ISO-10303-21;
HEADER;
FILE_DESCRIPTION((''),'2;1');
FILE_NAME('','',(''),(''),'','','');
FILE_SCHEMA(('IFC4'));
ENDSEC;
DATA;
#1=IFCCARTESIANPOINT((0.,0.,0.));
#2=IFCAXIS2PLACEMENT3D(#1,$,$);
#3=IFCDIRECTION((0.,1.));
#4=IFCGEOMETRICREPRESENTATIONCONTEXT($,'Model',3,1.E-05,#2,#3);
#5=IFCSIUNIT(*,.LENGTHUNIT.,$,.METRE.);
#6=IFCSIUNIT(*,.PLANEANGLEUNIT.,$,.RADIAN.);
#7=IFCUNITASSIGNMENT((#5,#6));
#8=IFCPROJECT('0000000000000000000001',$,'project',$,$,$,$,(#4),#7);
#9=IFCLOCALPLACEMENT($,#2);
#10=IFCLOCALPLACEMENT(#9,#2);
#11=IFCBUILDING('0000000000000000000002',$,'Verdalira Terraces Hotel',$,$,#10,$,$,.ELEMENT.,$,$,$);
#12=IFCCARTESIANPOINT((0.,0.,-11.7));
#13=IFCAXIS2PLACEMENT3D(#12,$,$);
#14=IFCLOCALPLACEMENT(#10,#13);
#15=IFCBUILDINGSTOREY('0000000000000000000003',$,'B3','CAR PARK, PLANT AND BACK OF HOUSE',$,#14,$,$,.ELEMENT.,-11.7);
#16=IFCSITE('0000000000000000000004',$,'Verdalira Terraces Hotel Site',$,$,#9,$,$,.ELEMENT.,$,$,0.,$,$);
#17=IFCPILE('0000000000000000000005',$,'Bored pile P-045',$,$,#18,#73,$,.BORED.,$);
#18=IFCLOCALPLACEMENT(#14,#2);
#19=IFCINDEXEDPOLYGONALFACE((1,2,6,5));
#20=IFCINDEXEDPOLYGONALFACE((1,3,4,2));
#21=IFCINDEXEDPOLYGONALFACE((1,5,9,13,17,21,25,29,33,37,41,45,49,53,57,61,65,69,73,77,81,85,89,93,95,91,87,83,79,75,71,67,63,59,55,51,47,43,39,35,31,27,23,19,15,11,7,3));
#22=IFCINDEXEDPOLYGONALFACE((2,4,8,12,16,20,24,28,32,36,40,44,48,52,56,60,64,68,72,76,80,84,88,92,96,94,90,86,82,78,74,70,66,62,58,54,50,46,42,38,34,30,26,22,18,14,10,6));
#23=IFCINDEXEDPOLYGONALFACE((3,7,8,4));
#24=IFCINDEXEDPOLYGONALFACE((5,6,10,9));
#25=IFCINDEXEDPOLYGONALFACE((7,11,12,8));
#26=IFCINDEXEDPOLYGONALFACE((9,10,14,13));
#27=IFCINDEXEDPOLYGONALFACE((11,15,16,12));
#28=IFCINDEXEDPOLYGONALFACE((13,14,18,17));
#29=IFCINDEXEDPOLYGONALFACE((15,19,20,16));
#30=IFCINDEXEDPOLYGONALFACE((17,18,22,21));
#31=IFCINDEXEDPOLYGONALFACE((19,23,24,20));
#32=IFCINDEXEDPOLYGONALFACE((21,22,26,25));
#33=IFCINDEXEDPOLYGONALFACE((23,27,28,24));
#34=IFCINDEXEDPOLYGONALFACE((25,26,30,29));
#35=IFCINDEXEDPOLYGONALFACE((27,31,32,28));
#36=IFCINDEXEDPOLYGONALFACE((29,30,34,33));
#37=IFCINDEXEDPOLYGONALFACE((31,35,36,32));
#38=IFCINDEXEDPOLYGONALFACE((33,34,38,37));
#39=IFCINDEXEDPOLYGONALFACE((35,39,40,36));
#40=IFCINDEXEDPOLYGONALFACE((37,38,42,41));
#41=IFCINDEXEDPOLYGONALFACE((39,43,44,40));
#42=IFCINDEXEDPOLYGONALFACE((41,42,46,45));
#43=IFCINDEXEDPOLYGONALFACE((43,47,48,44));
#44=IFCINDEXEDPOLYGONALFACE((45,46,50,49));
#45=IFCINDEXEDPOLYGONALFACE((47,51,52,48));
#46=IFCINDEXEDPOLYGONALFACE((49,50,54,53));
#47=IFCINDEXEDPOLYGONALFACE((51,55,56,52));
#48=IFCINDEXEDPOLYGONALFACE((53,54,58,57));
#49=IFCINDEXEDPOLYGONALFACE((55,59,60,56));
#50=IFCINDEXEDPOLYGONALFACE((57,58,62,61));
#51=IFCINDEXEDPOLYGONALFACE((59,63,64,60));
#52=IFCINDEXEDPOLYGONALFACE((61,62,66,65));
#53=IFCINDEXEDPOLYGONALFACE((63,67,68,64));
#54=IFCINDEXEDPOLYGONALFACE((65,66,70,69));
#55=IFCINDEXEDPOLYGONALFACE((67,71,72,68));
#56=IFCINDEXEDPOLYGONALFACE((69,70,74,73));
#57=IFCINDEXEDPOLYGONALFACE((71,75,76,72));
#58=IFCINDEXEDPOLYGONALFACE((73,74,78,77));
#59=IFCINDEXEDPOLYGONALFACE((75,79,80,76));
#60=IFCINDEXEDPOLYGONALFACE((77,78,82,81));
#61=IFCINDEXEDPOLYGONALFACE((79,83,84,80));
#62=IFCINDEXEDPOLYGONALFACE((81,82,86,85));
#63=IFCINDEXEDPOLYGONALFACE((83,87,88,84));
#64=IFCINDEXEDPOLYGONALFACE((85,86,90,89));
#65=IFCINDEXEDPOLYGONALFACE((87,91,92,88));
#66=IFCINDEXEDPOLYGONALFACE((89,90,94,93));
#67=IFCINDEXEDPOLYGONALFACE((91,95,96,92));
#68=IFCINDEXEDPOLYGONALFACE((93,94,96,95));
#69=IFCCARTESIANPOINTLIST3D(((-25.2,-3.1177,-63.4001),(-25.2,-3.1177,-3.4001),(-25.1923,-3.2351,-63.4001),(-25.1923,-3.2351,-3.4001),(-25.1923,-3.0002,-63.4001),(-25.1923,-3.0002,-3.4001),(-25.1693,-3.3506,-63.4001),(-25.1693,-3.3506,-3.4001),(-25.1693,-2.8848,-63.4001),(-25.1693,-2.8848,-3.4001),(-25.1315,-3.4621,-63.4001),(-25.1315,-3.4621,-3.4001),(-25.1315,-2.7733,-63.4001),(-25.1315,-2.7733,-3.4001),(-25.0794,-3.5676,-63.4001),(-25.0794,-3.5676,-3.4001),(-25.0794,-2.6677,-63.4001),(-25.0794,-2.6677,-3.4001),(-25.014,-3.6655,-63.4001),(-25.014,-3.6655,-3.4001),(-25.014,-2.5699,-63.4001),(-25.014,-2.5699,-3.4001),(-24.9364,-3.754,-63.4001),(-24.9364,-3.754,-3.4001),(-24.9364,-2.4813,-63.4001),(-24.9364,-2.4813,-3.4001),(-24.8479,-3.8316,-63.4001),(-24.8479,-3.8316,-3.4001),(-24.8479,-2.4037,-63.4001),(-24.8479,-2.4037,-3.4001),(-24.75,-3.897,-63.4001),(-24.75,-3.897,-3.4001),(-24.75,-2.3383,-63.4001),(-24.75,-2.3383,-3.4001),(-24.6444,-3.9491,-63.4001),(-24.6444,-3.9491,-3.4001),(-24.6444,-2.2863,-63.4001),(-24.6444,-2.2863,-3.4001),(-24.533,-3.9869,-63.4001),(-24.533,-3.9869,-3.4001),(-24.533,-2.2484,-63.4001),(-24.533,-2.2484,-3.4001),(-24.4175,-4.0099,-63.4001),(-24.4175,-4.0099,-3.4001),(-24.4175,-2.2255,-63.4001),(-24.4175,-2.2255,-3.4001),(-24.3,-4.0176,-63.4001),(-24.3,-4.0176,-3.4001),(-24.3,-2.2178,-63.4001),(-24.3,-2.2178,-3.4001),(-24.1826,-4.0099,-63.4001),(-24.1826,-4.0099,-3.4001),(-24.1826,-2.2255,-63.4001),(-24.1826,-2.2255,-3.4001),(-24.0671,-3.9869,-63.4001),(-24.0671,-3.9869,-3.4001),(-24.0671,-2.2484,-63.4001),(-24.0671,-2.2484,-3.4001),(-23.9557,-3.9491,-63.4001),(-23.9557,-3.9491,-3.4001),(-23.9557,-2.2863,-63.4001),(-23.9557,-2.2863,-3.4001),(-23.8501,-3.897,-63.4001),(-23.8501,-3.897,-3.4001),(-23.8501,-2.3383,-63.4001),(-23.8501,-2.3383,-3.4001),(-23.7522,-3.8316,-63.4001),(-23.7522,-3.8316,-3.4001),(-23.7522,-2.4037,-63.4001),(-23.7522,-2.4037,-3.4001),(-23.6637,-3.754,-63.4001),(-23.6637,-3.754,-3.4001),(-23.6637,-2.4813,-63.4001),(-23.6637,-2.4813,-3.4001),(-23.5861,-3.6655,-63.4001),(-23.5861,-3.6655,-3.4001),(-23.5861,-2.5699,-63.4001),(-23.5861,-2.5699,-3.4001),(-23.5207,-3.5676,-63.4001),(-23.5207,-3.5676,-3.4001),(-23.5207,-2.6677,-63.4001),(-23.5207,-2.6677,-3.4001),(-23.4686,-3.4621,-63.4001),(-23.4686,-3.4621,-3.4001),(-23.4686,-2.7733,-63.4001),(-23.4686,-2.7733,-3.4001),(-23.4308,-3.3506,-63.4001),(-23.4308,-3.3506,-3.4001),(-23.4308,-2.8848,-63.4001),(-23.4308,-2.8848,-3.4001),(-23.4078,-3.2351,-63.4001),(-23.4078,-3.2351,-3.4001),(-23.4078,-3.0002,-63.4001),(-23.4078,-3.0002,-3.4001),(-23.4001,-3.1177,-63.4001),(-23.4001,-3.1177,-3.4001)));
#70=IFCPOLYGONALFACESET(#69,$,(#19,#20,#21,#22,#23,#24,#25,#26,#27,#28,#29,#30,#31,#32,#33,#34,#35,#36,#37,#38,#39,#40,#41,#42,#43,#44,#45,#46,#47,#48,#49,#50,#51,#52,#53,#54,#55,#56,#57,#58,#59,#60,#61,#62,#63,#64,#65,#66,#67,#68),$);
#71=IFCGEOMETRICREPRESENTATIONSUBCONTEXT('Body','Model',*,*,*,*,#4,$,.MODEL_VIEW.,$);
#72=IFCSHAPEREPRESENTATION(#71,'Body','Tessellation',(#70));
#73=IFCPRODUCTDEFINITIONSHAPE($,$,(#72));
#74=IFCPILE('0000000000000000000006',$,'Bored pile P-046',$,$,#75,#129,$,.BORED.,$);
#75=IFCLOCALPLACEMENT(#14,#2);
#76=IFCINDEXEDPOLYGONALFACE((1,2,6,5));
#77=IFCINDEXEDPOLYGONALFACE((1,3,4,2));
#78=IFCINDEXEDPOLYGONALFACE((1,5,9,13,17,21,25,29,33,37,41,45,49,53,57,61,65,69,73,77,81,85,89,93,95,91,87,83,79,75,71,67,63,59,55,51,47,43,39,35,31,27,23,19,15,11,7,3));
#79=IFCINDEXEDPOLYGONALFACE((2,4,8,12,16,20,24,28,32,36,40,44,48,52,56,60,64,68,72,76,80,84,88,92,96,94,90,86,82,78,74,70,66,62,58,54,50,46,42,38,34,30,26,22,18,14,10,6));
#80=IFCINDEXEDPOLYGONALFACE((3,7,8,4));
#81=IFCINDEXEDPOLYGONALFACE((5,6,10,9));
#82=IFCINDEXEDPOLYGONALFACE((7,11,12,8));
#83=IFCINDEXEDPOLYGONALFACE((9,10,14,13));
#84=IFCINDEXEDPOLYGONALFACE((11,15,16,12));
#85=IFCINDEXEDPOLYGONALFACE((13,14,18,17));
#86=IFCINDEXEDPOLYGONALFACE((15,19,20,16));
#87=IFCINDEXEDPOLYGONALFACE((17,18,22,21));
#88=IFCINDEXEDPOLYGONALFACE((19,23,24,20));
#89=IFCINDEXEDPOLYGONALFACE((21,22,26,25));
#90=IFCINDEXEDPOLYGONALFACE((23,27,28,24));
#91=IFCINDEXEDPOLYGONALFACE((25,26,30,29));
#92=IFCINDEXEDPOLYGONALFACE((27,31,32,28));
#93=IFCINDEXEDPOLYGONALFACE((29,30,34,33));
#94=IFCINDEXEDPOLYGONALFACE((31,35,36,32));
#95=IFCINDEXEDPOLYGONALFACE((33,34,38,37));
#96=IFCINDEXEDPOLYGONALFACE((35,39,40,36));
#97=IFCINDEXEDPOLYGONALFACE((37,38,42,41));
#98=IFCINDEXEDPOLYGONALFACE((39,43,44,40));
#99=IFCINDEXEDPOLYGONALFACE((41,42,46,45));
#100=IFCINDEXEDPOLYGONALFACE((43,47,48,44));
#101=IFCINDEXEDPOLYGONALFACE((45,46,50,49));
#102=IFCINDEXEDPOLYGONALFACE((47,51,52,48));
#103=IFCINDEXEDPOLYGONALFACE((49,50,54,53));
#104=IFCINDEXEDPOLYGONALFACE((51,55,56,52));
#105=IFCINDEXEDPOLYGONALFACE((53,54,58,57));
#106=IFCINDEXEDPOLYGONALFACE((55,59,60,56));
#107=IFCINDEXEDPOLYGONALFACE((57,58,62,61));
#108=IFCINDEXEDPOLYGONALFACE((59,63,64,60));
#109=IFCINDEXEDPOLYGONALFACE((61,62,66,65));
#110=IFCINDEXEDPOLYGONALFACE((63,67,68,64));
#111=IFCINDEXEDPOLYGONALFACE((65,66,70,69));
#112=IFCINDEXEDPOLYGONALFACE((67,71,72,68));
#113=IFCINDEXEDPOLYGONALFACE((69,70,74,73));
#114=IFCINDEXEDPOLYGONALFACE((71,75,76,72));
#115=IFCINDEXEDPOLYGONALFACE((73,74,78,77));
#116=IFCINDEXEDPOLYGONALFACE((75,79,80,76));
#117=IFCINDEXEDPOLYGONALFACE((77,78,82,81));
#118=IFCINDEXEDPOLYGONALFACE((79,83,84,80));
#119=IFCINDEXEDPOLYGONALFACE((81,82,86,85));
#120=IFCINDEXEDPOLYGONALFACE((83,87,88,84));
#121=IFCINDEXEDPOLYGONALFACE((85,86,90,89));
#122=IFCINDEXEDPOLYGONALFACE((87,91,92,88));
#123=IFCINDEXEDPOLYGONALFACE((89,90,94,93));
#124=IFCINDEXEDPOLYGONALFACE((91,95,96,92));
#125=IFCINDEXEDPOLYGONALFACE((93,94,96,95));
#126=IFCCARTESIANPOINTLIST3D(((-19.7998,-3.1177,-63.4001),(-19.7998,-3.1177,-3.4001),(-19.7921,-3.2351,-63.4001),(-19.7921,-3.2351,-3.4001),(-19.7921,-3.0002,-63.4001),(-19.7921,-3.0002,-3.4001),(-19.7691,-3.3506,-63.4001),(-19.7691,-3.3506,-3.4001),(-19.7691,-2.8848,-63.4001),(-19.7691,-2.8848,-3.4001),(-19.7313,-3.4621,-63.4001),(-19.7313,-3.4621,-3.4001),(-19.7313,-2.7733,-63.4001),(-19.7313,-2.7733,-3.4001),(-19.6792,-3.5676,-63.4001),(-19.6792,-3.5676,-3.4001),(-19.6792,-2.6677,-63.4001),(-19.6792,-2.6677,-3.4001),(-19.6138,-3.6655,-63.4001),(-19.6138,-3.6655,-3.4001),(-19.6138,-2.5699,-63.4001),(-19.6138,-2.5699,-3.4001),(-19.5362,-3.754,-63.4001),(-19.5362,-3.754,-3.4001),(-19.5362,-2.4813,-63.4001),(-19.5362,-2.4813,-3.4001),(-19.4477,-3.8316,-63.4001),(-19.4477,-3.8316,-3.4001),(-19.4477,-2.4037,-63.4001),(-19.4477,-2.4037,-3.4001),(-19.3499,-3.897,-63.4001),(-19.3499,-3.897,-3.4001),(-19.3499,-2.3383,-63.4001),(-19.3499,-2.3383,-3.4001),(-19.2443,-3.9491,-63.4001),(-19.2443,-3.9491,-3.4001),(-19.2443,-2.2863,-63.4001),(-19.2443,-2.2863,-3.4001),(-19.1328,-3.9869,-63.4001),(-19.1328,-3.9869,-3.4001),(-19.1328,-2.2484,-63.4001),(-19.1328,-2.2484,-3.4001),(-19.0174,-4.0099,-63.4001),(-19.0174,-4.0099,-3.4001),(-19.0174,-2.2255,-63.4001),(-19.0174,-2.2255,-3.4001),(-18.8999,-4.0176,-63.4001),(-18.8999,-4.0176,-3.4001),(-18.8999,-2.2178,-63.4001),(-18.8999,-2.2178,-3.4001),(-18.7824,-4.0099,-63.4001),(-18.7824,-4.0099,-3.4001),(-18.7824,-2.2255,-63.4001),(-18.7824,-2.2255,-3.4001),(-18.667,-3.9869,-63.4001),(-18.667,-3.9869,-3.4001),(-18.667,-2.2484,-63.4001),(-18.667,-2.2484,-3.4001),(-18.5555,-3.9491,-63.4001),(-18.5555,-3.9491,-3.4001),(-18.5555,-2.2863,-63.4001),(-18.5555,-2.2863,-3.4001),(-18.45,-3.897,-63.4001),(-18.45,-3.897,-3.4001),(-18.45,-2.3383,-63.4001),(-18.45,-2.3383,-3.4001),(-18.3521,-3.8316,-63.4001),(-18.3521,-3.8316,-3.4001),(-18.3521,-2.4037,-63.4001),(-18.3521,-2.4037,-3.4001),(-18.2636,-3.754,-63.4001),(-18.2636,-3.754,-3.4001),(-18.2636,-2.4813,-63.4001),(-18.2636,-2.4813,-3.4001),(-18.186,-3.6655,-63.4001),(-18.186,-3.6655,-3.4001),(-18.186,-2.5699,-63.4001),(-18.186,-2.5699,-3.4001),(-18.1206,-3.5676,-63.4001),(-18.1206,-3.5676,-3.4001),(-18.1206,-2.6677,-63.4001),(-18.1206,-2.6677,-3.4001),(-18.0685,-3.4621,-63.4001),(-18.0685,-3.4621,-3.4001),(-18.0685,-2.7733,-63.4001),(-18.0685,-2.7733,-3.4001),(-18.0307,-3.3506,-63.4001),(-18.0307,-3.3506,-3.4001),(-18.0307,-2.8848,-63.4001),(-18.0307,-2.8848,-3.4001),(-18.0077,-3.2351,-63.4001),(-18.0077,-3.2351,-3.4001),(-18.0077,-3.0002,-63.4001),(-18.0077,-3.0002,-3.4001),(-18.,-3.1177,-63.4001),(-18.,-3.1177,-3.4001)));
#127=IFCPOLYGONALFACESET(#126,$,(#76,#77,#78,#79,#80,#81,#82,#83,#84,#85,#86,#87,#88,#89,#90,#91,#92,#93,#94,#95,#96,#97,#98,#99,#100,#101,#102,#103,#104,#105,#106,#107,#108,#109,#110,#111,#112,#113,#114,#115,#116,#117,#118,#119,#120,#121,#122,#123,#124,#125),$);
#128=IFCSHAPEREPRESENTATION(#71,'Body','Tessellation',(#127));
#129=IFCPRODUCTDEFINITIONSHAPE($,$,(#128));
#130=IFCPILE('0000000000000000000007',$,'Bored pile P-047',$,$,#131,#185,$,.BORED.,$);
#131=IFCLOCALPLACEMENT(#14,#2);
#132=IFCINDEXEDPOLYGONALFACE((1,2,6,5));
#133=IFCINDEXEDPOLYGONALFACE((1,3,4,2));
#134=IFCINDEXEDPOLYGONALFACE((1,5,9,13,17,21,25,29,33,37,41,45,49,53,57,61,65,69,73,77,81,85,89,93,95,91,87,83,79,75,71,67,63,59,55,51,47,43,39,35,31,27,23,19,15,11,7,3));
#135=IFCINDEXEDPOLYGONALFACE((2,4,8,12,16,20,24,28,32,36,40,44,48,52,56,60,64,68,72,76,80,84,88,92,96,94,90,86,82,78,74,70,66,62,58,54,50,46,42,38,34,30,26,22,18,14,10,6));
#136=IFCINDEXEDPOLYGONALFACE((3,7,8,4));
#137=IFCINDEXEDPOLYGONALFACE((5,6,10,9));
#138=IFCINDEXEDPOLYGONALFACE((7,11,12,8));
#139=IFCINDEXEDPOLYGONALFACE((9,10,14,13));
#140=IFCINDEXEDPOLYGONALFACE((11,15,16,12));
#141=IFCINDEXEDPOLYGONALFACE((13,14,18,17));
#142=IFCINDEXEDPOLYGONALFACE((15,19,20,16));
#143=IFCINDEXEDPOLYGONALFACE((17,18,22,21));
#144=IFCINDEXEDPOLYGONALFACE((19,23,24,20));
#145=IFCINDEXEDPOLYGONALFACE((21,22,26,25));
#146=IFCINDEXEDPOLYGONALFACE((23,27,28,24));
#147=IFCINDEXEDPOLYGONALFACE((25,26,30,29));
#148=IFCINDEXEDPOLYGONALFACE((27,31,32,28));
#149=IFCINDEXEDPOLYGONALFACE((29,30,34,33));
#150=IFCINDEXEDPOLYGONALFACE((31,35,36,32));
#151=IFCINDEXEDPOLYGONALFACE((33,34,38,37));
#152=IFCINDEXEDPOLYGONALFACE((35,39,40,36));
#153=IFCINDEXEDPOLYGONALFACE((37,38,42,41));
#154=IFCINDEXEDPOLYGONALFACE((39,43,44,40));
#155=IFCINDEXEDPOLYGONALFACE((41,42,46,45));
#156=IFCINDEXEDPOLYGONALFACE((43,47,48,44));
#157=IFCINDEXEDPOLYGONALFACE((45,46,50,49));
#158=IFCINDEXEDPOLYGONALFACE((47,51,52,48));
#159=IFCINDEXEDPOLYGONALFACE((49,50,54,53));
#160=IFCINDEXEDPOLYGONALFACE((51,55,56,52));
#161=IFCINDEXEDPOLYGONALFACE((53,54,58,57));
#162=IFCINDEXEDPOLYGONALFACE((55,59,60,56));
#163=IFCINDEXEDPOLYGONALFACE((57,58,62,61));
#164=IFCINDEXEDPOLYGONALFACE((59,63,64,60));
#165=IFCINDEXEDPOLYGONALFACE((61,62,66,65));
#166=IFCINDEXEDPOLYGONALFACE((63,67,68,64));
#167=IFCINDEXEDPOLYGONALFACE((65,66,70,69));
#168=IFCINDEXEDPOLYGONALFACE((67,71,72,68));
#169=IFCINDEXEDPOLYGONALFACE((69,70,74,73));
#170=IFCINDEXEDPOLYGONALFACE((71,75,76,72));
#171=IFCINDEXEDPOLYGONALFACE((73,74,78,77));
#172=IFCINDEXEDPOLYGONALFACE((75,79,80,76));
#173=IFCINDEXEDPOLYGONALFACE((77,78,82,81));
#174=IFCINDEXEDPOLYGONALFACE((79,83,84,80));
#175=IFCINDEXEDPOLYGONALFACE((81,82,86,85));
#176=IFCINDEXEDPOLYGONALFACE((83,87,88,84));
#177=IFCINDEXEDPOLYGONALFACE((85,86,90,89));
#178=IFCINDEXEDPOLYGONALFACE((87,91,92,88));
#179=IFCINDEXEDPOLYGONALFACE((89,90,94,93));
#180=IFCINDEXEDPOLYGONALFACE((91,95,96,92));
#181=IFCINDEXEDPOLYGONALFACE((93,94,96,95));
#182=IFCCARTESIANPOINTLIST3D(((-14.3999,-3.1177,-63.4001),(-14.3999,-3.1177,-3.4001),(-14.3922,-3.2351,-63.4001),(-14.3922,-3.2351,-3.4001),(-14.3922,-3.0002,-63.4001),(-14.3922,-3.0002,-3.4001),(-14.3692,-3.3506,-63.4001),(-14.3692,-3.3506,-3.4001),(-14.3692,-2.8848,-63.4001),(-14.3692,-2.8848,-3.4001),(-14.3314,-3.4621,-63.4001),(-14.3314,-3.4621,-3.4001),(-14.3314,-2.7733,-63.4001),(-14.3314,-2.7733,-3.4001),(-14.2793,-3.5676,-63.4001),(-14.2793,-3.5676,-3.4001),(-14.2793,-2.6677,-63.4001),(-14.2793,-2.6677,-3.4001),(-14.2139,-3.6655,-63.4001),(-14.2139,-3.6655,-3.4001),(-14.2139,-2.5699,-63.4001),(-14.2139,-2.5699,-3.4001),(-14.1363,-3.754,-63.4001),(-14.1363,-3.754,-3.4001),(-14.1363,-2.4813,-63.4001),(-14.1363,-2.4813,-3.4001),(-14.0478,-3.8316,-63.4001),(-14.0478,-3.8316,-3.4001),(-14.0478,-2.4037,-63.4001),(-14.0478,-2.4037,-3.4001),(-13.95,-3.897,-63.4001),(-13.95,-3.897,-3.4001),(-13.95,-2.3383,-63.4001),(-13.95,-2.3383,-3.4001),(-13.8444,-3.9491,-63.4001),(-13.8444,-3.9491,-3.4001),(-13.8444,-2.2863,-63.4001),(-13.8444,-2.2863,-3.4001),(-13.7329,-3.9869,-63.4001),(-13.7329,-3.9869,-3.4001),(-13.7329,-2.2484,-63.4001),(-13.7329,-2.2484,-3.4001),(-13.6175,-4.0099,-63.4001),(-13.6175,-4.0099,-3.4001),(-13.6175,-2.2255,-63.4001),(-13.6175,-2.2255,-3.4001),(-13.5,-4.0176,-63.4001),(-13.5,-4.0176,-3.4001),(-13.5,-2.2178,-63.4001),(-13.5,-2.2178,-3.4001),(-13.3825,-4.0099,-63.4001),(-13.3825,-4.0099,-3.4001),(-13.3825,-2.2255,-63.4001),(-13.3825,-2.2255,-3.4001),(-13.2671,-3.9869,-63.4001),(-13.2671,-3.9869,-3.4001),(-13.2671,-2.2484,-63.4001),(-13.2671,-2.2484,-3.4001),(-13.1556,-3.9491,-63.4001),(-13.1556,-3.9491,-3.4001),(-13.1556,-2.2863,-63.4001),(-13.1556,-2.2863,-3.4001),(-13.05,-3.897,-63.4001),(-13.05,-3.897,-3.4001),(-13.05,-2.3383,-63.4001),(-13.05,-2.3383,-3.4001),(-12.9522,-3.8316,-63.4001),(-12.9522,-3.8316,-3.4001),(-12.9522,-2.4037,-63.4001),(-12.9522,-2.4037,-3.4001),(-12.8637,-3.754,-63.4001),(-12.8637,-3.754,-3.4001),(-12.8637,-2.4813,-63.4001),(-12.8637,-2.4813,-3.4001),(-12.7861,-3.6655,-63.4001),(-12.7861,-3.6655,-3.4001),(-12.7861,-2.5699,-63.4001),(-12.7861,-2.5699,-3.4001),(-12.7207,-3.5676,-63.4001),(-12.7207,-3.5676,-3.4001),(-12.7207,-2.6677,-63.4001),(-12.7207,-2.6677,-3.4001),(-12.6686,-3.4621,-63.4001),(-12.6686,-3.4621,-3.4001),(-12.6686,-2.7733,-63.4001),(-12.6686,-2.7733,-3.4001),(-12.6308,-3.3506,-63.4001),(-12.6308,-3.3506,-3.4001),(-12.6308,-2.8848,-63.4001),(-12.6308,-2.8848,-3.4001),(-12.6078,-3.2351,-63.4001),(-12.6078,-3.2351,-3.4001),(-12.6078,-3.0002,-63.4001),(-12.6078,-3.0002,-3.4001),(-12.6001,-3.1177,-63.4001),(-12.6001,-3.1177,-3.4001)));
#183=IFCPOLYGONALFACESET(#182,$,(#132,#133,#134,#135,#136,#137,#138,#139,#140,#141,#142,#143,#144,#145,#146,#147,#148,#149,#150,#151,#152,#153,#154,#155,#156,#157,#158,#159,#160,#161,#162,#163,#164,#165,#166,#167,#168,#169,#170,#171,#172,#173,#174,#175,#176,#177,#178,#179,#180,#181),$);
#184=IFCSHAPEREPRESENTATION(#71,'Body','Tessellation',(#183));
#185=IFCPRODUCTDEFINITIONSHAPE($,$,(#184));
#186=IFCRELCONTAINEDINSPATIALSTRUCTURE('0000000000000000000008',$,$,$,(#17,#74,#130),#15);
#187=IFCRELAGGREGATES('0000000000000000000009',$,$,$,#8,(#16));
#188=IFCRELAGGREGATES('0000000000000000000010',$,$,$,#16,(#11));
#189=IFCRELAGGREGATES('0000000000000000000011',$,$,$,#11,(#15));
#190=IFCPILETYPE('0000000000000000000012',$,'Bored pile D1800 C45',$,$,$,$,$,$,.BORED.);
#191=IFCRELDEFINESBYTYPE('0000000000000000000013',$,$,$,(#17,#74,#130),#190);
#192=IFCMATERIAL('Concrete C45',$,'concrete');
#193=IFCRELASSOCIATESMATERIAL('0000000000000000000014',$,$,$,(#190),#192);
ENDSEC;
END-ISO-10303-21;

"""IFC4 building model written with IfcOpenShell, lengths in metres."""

from ifc_helpers import new_model, si_unit, direction, frame, origin, origin_2d, place, context, subcontext, project, spatial, circle, extrude, material, material_profile, profile_set, type_object, element, save


model = new_model("IFC4")

# Units and contexts
model_context = context("Model", 3, precision=1e-05, world=origin(), true_north=direction((0.0, 1.0)))
body_context = subcontext(model_context, "Body", "Model", "MODEL_VIEW")
ifc_project = project(units=[si_unit("LENGTHUNIT", "METRE"), si_unit("PLANEANGLEUNIT", "RADIAN")], contexts=[model_context])

# Site, building, storey
site_placement = place(None, origin())
site = spatial("IfcSite", under=ifc_project, at=site_placement, Name="Verdalira Terraces Hotel Site", CompositionType="ELEMENT", RefElevation=0.0)
building_placement = place(site_placement, origin())
building = spatial("IfcBuilding", under=site, at=building_placement, Name="Verdalira Terraces Hotel", CompositionType="ELEMENT")
storey_placement = place(building_placement, frame((0.0, 0.0, -11.7)))
storey = spatial("IfcBuildingStorey", under=building, at=storey_placement, Name="B3", Description="CAR PARK, PLANT AND BACK OF HOUSE", CompositionType="ELEMENT", Elevation=-11.7)

# Piles
ifc_material_1 = material(Name="Concrete C45", Category="concrete")
ifc_material_profile_1 = material_profile(ifc_material_1, circle(Radius=0.8999, at=origin_2d()), Name="D1800")
ifc_profile_set_1 = profile_set([ifc_material_profile_1], Name="Concrete C45")
pile_type = type_object("IfcPileType", Name="Bored pile D1800 C45", PredefinedType="BORED", material=ifc_profile_set_1)
for number, where, z_axis, x_axis, name in (
    (1, (-24.3, -3.1177, -3.4001), (0.0, 0.0, -1.0), (1.0, 0.0, 0.0), "Bored pile P-045"),
    (2, (-18.8999, -3.1177, -3.4001), (0.0, 0.0, -1.0), (1.0, 0.0, 0.0), "Bored pile P-046"),
    (3, (-13.5, -3.1177, -3.4001), (0.0, 0.0, -1.0), (1.0, 0.0, 0.0), "Bored pile P-047"),
):
    element("IfcPile", number, at=place(storey_placement, frame(where, z_axis=z_axis, x_axis=x_axis)), inside=storey, type_object=pile_type, Name=name, PredefinedType="BORED", context=body_context, shape_type="SweptSolid", body=[
        extrude(circle(Radius=0.8999, at=origin_2d()), origin(), (0.0, 0.0, 1.0), 60.0),
    ])

save(model, "model.ifc")
